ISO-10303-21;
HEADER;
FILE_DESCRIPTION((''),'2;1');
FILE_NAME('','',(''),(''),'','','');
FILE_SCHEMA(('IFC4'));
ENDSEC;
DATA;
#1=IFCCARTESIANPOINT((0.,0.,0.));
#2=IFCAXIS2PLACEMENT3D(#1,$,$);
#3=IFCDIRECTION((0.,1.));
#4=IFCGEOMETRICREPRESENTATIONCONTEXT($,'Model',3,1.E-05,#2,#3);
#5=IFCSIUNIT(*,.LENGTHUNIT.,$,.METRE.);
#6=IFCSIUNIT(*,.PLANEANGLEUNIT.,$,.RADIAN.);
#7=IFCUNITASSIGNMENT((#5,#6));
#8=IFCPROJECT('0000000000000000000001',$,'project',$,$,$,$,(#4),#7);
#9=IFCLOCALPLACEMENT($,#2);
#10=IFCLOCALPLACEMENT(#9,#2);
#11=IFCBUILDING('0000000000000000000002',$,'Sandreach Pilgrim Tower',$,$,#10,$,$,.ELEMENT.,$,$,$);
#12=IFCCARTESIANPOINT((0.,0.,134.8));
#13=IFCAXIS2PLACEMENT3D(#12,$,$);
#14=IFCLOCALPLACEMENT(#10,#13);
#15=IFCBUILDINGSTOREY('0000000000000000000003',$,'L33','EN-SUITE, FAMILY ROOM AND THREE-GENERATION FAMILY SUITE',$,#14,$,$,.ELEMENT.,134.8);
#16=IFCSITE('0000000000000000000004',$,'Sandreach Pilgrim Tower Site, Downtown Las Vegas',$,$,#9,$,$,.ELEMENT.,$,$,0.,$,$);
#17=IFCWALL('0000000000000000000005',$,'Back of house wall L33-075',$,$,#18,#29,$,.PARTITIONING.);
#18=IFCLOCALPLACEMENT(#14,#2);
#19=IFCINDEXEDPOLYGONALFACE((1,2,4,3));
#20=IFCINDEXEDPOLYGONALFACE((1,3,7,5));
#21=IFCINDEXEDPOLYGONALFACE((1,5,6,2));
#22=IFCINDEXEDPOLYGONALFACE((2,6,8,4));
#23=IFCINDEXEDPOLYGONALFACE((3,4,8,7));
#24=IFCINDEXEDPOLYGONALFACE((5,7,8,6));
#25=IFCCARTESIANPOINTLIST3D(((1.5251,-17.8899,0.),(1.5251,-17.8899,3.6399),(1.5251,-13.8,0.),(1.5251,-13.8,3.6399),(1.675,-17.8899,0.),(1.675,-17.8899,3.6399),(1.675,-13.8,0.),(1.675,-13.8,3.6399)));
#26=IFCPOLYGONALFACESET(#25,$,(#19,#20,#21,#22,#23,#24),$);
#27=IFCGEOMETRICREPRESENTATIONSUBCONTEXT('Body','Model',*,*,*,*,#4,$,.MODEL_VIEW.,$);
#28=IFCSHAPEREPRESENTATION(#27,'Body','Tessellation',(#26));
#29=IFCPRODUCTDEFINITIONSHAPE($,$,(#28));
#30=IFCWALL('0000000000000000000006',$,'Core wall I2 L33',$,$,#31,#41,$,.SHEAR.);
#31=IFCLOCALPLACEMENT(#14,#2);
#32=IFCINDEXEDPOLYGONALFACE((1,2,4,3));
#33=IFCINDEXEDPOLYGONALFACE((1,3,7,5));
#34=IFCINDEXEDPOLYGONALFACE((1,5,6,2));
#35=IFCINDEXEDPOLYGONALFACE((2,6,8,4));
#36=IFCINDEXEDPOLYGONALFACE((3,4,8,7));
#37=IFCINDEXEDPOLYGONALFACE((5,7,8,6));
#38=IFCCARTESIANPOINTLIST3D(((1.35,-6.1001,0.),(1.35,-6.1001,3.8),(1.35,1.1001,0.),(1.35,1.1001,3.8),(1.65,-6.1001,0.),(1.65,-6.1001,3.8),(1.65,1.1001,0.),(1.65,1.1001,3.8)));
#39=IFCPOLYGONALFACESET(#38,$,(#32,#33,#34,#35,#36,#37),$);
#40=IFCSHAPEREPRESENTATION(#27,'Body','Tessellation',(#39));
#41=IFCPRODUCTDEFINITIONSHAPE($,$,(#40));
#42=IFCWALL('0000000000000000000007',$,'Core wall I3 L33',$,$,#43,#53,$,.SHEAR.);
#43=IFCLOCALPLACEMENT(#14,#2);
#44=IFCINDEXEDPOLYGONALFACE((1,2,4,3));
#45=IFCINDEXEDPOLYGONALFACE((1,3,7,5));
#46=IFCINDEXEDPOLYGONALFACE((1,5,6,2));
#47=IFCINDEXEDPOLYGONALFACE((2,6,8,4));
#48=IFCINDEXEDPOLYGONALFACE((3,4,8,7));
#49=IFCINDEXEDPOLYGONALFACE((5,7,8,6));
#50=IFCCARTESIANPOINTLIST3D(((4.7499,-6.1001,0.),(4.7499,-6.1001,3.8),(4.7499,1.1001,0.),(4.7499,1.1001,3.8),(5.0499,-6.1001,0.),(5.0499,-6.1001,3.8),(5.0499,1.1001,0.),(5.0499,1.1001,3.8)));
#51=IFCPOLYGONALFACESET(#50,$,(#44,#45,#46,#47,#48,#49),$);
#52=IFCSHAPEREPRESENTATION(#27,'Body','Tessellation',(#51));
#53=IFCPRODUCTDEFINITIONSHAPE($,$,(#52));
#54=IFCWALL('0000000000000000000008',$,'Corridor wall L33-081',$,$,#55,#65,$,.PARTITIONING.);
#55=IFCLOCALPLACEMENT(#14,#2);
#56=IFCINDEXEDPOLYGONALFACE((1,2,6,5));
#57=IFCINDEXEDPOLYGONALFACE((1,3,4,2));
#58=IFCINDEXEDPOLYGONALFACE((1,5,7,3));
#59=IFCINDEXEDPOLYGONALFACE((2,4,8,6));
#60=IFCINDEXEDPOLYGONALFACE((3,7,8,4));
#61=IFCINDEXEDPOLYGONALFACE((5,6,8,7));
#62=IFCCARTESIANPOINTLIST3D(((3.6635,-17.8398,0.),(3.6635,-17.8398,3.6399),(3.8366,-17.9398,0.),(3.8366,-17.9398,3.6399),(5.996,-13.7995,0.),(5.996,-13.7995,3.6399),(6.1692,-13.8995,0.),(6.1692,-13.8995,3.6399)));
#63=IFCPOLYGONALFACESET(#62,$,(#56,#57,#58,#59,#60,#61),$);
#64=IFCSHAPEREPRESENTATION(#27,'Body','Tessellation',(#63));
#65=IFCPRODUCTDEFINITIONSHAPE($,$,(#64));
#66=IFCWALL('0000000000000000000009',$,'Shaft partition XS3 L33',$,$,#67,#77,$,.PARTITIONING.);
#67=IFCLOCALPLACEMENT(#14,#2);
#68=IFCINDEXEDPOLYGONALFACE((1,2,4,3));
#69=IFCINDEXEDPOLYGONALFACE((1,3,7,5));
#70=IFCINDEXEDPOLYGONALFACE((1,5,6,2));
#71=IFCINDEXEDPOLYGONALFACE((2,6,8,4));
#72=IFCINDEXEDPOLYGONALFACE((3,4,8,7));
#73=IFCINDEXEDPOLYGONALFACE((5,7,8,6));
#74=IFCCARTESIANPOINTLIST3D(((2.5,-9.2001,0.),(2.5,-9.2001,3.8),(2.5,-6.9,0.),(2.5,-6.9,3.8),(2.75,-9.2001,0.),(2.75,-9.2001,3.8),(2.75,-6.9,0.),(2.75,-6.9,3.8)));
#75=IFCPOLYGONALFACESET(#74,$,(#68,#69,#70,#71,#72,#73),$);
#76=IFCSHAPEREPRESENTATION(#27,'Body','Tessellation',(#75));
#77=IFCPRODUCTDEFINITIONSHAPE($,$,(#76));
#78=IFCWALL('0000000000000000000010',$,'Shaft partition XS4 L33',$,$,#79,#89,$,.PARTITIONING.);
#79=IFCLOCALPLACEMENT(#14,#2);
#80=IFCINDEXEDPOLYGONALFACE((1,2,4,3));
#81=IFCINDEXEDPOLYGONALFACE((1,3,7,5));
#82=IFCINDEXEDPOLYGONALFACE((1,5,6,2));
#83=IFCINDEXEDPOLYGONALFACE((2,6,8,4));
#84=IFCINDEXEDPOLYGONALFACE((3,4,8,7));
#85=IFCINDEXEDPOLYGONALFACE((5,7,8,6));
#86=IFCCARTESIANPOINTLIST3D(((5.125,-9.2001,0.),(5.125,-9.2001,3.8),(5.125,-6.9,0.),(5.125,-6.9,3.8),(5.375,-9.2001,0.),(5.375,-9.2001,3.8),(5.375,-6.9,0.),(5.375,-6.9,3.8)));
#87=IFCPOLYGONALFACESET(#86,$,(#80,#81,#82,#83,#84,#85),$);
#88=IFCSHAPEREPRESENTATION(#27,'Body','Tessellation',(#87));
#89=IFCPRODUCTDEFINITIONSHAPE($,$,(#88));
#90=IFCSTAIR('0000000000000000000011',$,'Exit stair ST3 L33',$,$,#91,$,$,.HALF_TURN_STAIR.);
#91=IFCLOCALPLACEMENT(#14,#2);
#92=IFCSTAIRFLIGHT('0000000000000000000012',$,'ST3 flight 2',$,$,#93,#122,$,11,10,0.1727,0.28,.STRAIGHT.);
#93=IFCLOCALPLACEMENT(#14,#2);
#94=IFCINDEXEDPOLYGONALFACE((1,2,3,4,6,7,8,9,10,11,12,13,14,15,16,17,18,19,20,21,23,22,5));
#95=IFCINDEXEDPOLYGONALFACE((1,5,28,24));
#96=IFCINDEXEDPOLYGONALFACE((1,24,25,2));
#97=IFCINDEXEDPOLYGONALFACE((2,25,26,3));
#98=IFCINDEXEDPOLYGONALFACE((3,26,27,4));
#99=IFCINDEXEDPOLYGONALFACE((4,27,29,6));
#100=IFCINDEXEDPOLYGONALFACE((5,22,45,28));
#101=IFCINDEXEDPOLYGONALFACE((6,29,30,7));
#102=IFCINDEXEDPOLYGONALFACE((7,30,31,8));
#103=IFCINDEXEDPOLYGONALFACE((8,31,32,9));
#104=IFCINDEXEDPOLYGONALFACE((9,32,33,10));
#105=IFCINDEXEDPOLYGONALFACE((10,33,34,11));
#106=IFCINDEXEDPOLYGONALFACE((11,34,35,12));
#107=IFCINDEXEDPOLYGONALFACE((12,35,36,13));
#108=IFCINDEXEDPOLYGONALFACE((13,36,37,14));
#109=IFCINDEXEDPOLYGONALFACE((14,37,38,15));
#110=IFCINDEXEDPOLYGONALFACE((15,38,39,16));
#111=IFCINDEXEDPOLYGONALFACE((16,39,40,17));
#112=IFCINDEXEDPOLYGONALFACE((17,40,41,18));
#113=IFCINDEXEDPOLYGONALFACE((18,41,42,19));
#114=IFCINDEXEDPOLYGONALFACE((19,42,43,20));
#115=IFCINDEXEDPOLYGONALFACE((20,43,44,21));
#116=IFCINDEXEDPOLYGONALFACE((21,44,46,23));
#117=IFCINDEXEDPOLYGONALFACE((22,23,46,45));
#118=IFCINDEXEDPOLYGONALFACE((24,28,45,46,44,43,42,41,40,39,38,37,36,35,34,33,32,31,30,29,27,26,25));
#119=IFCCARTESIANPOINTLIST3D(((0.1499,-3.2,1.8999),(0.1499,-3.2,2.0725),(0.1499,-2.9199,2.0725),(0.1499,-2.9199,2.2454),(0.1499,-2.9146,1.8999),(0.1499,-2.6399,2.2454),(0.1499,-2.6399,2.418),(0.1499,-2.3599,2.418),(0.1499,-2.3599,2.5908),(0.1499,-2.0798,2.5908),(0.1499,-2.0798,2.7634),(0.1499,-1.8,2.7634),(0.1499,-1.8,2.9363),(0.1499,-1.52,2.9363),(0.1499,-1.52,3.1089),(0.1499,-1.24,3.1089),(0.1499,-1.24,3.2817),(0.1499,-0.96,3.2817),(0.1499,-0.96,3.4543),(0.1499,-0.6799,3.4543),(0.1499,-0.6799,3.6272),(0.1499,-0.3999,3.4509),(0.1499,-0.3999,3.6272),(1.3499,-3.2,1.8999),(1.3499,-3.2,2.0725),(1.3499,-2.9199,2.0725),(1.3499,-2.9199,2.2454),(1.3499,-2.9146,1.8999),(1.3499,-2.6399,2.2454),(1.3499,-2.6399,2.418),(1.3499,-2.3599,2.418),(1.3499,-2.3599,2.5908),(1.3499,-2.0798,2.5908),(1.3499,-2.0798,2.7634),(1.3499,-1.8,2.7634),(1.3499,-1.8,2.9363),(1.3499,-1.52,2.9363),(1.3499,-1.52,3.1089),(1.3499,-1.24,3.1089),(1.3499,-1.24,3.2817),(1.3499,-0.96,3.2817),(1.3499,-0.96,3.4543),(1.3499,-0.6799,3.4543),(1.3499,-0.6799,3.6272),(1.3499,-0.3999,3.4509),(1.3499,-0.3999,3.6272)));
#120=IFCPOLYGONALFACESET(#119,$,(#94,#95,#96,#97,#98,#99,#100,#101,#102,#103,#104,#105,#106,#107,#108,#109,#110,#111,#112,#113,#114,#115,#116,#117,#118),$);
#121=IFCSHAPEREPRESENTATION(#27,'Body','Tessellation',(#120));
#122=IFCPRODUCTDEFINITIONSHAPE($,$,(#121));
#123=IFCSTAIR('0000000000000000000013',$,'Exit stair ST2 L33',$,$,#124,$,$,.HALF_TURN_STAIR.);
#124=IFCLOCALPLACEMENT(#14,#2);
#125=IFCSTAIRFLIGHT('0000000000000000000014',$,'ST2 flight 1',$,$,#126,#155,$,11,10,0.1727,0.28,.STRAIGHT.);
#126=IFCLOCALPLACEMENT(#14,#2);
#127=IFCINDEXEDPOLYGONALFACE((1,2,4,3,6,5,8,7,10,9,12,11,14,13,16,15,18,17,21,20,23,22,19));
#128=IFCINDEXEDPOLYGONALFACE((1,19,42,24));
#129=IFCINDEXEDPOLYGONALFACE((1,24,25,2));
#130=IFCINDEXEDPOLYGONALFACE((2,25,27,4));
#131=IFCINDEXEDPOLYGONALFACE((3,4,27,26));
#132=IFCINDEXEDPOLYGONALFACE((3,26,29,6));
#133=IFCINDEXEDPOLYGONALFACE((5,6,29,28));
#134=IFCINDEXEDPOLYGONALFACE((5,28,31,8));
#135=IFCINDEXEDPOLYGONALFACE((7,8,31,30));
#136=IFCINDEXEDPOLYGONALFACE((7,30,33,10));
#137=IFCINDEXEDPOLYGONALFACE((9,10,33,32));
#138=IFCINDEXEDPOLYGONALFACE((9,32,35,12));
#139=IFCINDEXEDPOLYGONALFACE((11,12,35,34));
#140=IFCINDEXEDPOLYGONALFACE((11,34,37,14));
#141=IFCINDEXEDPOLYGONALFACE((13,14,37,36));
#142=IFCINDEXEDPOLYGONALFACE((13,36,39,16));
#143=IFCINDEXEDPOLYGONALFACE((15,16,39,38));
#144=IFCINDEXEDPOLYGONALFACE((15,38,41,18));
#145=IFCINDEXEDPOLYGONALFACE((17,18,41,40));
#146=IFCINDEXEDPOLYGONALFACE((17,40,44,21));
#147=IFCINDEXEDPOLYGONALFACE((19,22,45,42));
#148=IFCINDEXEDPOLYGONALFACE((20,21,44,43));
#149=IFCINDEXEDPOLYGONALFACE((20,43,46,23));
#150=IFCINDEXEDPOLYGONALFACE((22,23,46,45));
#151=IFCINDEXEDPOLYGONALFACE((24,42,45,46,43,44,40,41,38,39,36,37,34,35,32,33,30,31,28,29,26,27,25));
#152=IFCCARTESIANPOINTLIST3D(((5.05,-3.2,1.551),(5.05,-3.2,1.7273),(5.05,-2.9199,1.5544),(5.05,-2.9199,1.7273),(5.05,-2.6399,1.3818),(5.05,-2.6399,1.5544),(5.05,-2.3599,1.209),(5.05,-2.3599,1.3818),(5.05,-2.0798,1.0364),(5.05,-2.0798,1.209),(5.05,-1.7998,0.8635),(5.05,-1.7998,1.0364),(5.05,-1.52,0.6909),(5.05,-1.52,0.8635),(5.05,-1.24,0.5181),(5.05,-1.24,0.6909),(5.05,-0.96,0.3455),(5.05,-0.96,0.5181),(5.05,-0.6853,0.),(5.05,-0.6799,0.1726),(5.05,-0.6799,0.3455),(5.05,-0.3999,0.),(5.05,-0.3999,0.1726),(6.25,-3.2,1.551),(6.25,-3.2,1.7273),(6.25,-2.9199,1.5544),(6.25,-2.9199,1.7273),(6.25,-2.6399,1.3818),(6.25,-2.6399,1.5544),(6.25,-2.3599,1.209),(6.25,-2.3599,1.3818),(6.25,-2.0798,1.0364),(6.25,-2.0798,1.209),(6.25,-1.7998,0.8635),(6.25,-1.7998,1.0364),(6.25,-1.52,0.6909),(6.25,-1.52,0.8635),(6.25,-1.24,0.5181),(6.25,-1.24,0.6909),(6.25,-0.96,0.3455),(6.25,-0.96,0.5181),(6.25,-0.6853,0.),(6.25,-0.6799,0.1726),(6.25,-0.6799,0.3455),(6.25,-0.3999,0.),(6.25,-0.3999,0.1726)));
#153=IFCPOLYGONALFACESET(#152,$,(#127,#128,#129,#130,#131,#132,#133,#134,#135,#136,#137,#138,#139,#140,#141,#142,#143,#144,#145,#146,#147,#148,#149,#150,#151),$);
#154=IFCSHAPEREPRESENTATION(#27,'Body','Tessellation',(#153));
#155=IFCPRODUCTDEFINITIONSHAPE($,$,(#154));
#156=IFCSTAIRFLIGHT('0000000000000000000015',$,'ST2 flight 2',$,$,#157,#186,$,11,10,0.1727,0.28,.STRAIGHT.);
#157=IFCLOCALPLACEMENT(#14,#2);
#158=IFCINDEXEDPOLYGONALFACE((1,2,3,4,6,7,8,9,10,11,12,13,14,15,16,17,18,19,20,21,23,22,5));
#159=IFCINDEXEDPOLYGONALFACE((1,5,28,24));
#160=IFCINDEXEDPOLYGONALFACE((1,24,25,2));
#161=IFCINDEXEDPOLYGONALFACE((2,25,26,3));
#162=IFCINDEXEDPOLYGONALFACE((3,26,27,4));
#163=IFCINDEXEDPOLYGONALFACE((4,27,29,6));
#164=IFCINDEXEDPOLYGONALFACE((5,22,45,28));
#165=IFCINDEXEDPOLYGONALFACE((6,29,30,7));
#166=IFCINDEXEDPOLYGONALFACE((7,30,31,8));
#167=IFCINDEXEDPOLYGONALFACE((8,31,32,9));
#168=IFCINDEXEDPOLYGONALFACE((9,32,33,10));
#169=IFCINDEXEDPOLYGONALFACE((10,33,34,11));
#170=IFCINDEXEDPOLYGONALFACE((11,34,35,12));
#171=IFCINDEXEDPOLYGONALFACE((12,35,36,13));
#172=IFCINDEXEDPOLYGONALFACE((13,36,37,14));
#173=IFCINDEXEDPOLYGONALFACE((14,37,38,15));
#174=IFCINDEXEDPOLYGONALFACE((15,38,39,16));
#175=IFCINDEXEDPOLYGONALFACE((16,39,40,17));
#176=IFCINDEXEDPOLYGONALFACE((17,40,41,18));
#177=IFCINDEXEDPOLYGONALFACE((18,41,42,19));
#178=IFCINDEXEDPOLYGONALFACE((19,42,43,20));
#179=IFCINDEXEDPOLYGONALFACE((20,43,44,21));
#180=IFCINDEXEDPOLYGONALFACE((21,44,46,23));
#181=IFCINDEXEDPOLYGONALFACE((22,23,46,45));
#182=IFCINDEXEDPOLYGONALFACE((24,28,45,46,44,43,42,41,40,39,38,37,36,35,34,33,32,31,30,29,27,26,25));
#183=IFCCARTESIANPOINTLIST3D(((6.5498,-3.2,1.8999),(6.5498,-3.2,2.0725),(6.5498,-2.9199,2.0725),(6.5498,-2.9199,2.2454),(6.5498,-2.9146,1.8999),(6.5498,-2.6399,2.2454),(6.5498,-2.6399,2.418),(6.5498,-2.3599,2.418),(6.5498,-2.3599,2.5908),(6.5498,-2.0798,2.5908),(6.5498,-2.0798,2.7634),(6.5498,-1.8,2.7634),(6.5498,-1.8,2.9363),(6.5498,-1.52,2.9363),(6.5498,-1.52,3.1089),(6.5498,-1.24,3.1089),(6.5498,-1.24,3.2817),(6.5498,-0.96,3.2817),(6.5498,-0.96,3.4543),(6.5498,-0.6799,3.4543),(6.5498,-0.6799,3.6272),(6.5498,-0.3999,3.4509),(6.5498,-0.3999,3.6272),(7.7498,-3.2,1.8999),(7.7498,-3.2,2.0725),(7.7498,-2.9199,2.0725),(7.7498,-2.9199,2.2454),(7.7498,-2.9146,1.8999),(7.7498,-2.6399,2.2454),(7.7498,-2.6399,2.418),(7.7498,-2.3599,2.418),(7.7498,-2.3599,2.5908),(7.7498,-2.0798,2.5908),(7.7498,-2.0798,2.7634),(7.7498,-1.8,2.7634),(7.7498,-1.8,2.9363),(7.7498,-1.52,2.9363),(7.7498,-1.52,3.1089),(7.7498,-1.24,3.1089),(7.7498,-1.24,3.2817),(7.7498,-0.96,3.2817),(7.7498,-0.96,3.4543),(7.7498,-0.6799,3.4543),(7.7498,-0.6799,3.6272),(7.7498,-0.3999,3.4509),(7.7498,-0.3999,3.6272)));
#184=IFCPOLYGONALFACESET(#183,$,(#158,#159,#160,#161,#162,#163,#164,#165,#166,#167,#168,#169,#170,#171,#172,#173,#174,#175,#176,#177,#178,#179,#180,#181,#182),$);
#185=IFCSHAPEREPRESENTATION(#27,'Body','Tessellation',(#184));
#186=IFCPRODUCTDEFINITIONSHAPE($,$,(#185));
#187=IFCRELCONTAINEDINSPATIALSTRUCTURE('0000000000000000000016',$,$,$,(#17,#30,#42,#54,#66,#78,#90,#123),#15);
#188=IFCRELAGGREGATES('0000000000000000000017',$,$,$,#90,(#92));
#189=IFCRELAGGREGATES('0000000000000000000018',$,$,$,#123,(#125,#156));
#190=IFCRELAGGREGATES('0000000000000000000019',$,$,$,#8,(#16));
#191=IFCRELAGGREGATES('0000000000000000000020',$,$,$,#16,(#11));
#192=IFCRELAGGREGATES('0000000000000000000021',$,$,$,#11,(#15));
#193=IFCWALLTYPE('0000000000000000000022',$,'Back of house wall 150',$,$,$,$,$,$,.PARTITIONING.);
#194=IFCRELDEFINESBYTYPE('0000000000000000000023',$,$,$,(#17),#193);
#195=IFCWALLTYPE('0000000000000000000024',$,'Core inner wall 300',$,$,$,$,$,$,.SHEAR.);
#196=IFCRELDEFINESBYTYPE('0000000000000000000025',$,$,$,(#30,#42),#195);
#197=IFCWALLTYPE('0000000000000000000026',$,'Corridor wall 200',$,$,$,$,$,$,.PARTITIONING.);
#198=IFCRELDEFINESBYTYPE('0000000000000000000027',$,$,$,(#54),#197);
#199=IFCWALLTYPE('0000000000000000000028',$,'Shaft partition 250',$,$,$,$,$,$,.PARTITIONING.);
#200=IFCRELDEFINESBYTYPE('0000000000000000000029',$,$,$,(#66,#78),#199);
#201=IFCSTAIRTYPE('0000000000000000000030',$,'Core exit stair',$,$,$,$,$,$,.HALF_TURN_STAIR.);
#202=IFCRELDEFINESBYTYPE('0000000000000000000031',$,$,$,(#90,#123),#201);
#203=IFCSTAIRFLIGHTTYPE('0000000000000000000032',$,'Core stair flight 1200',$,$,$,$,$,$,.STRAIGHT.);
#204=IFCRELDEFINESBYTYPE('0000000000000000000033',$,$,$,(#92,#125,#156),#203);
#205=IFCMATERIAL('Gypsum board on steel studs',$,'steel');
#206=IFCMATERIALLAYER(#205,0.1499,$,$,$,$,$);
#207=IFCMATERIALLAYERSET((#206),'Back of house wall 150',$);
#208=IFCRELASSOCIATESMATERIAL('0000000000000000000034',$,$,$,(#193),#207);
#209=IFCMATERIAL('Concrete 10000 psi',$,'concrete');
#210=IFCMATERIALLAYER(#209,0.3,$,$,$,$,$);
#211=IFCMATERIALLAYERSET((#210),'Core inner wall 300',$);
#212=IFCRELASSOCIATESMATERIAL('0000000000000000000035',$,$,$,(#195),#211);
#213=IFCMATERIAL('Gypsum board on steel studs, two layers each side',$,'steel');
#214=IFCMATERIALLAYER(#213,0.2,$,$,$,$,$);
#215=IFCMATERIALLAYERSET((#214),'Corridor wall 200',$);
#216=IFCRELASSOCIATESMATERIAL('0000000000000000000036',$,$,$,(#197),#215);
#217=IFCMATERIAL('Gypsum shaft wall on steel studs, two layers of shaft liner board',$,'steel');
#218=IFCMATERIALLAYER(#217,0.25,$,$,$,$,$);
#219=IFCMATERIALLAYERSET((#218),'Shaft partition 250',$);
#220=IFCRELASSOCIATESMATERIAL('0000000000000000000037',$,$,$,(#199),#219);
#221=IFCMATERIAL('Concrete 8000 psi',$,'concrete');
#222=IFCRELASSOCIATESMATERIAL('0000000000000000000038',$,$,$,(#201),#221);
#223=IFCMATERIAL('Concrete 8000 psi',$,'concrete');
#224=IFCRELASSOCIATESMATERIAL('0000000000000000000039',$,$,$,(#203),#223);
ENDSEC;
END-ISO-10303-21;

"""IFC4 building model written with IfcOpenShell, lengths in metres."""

from ifc_helpers import new_model, si_unit, direction, frame, frame_2d, origin, place, context, subcontext, project, spatial, polyline, rectangle, outline, extrude, material, layer, layer_set, type_object, element, aggregate, save


model = new_model("IFC4")

# Units and contexts
model_context = context("Model", 3, precision=1e-05, world=origin(), true_north=direction((0.0, 1.0)))
body_context = subcontext(model_context, "Body", "Model", "MODEL_VIEW")
ifc_project = project(units=[si_unit("LENGTHUNIT", "METRE"), si_unit("PLANEANGLEUNIT", "RADIAN")], contexts=[model_context])

# Site, building, storey
site_placement = place(None, origin())
site = spatial("IfcSite", under=ifc_project, at=site_placement, Name="Sandreach Pilgrim Tower Site, Downtown Las Vegas", CompositionType="ELEMENT", RefElevation=0.0)
building_placement = place(site_placement, origin())
building = spatial("IfcBuilding", under=site, at=building_placement, Name="Sandreach Pilgrim Tower", CompositionType="ELEMENT")
storey_placement = place(building_placement, frame((0.0, 0.0, 134.8)))
storey = spatial("IfcBuildingStorey", under=building, at=storey_placement, Name="L33", Description="EN-SUITE, FAMILY ROOM AND THREE-GENERATION FAMILY SUITE", CompositionType="ELEMENT", Elevation=134.8)

# Walls
ifc_material_1 = material(Name="Gypsum board on steel studs", Category="steel")
ifc_layer_1 = layer(ifc_material_1, 0.1499)
ifc_layer_set_1 = layer_set([ifc_layer_1], Name="Back of house wall 150")
wall_type_1 = type_object("IfcWallType", Name="Back of house wall 150", PredefinedType="PARTITIONING", material=ifc_layer_set_1)
wall_1_placement = place(storey_placement, frame((1.6001, -13.8, 0.0), z_axis=(0.0, 0.0, 1.0), x_axis=(0.0, -1.0, 0.0)))
element("IfcWall", 1, at=wall_1_placement, inside=storey, type_object=wall_type_1, Name="Back of house wall L33-075", PredefinedType="PARTITIONING", context=body_context, shape_type="SweptSolid", body=[
    extrude(rectangle(XDim=4.0898, YDim=0.1499, at=frame_2d((2.0449, 0.0))), origin(), (0.0, 0.0, 1.0), 3.6399),
])
ifc_material_2 = material(Name="Concrete 10000 psi", Category="concrete")
ifc_layer_2 = layer(ifc_material_2, 0.3)
ifc_layer_set_2 = layer_set([ifc_layer_2], Name="Core inner wall 300")
wall_type_2 = type_object("IfcWallType", Name="Core inner wall 300", PredefinedType="SHEAR", material=ifc_layer_set_2)
for number, where, z_axis, x_axis, name in (
    (2, (1.5, -6.1001, 0.0), (0.0, 0.0, 1.0), (0.0, 1.0, 0.0), "Core wall I2 L33"),
    (3, (4.8999, -6.1001, 0.0), (0.0, 0.0, 1.0), (0.0, 1.0, 0.0), "Core wall I3 L33"),
):
    element("IfcWall", number, at=place(storey_placement, frame(where, z_axis=z_axis, x_axis=x_axis)), inside=storey, type_object=wall_type_2, Name=name, PredefinedType="SHEAR", context=body_context, shape_type="SweptSolid", body=[
        extrude(rectangle(XDim=7.2002, YDim=0.3, at=frame_2d((3.6001, 0.0))), origin(), (0.0, 0.0, 1.0), 3.8),
    ])

# Walls
ifc_material_3 = material(Name="Gypsum board on steel studs, two layers each side", Category="steel")
ifc_layer_3 = layer(ifc_material_3, 0.2)
ifc_layer_set_3 = layer_set([ifc_layer_3], Name="Corridor wall 200")
wall_type_3 = type_object("IfcWallType", Name="Corridor wall 200", PredefinedType="PARTITIONING", material=ifc_layer_set_3)
wall_2_placement = place(storey_placement, frame((6.0825, -13.8496, 0.0), z_axis=(0.0, 0.0, 1.0), x_axis=(-0.499978, -0.866038, 0.0)))
element("IfcWall", 4, at=wall_2_placement, inside=storey, type_object=wall_type_3, Name="Corridor wall L33-081", PredefinedType="PARTITIONING", context=body_context, shape_type="SweptSolid", body=[
    extrude(rectangle(XDim=4.6653, YDim=0.2, at=frame_2d((2.3325, 0.0))), origin(), (0.0, 0.0, 1.0), 3.6399),
])
ifc_material_4 = material(Name="Gypsum shaft wall on steel studs, two layers of shaft liner board", Category="steel")
ifc_layer_4 = layer(ifc_material_4, 0.25)
ifc_layer_set_4 = layer_set([ifc_layer_4], Name="Shaft partition 250")
wall_type_4 = type_object("IfcWallType", Name="Shaft partition 250", PredefinedType="PARTITIONING", material=ifc_layer_set_4)
for number, where, z_axis, x_axis, name in (
    (5, (2.625, -9.2, 0.0), (0.0, 0.0, 1.0), (0.0, 1.0, 0.0), "Shaft partition XS3 L33"),
    (6, (5.25, -9.2, 0.0), (0.0, 0.0, 1.0), (0.0, 1.0, 0.0), "Shaft partition XS4 L33"),
):
    element("IfcWall", number, at=place(storey_placement, frame(where, z_axis=z_axis, x_axis=x_axis)), inside=storey, type_object=wall_type_4, Name=name, PredefinedType="PARTITIONING", context=body_context, shape_type="SweptSolid", body=[
        extrude(rectangle(XDim=2.3, YDim=0.25, at=frame_2d((1.1499, 0.0))), origin(), (0.0, 0.0, 1.0), 3.8),
    ])

# Stair, stair flight
ifc_material_5 = material(Name="Concrete 8000 psi", Category="concrete")
stair_type = type_object("IfcStairType", Name="Core exit stair", PredefinedType="HALF_TURN_STAIR", material=ifc_material_5)
stair_1_placement = place(storey_placement, origin())
stair_1 = element("IfcStair", 7, at=stair_1_placement, inside=storey, type_object=stair_type, Name="Exit stair ST3 L33", PredefinedType="HALF_TURN_STAIR")
ifc_material_6 = material(Name="Concrete 8000 psi", Category="concrete")
stair_flight_type = type_object("IfcStairFlightType", Name="Core stair flight 1200", PredefinedType="STRAIGHT", material=ifc_material_6)
stair_flight_1_placement = place(storey_placement, frame((0.75, -3.2, 1.8999), z_axis=(0.0, 0.0, 1.0), x_axis=(0.0, 1.0, 0.0)))
stair_flight_1 = element("IfcStairFlight", 8, at=stair_flight_1_placement, type_object=stair_flight_type, Name="ST3 flight 2", NumberOfRisers=11, NumberOfTreads=10, PredefinedType="STRAIGHT", RiserHeight=0.1727, TreadLength=0.28, context=body_context, shape_type="SweptSolid", body=[
    extrude(outline(polyline([(0.0, 0.0), (0.0, 0.1726), (0.28, 0.1726), (0.28, 0.3455), (0.5601, 0.3455), (0.5601, 0.5181), (0.8401, 0.5181), (0.8401, 0.6909), (1.1201, 0.6909), (1.1201, 0.8635), (1.3999, 0.8635), (1.3999, 1.0364), (1.6799, 1.0364), (1.6799, 1.209), (1.96, 1.209), (1.96, 1.3818), (2.24, 1.3818), (2.24, 1.5544), (2.52, 1.5544), (2.52, 1.7273), (2.8, 1.7273), (2.8, 1.8999), (2.8, 1.551), (0.2854, 0.0), (0.0, 0.0)])), frame((0.0, 0.6001, 0.0), z_axis=(0.0, -1.0, 0.0), x_axis=(1.0, 0.0, 0.0)), (0.0, 0.0, 1.0), 1.2),
])
aggregate(stair_1, [stair_flight_1])

# Stair, stair flights
stair_2_placement = place(storey_placement, origin())
stair_2 = element("IfcStair", 9, at=stair_2_placement, inside=storey, type_object=stair_type, Name="Exit stair ST2 L33", PredefinedType="HALF_TURN_STAIR")
stair_flight_2_placement = place(storey_placement, frame((5.6499, -0.3999, 0.0), z_axis=(0.0, 0.0, 1.0), x_axis=(0.0, -1.0, 0.0)))
stair_flight_2 = element("IfcStairFlight", 10, at=stair_flight_2_placement, type_object=stair_flight_type, Name="ST2 flight 1", NumberOfRisers=11, NumberOfTreads=10, PredefinedType="STRAIGHT", RiserHeight=0.1727, TreadLength=0.28, context=body_context, shape_type="SweptSolid", body=[
    extrude(outline(polyline([(0.0, 0.0), (0.0, 0.1726), (0.28, 0.1726), (0.28, 0.3455), (0.5601, 0.3455), (0.5601, 0.5181), (0.8401, 0.5181), (0.8401, 0.6909), (1.1201, 0.6909), (1.1201, 0.8635), (1.3999, 0.8635), (1.3999, 1.0364), (1.6799, 1.0364), (1.6799, 1.209), (1.96, 1.209), (1.96, 1.3818), (2.24, 1.3818), (2.24, 1.5544), (2.52, 1.5544), (2.52, 1.7273), (2.8, 1.7273), (2.8, 1.8999), (2.8, 1.551), (0.2854, 0.0), (0.0, 0.0)])), frame((0.0, 0.6001, 0.0), z_axis=(0.0, -1.0, 0.0), x_axis=(1.0, 0.0, 0.0)), (0.0, 0.0, 1.0), 1.2),
])
stair_flight_3_placement = place(storey_placement, frame((7.1499, -3.2, 1.8999), z_axis=(0.0, 0.0, 1.0), x_axis=(0.0, 1.0, 0.0)))
stair_flight_3 = element("IfcStairFlight", 11, at=stair_flight_3_placement, type_object=stair_flight_type, Name="ST2 flight 2", NumberOfRisers=11, NumberOfTreads=10, PredefinedType="STRAIGHT", RiserHeight=0.1727, TreadLength=0.28, context=body_context, shape_type="SweptSolid", body=[
    extrude(outline(polyline([(0.0, 0.0), (0.0, 0.1726), (0.28, 0.1726), (0.28, 0.3455), (0.5601, 0.3455), (0.5601, 0.5181), (0.8401, 0.5181), (0.8401, 0.6909), (1.1201, 0.6909), (1.1201, 0.8635), (1.3999, 0.8635), (1.3999, 1.0364), (1.6799, 1.0364), (1.6799, 1.209), (1.96, 1.209), (1.96, 1.3818), (2.24, 1.3818), (2.24, 1.5544), (2.52, 1.5544), (2.52, 1.7273), (2.8, 1.7273), (2.8, 1.8999), (2.8, 1.551), (0.2854, 0.0), (0.0, 0.0)])), frame((0.0, 0.6001, 0.0), z_axis=(0.0, -1.0, 0.0), x_axis=(1.0, 0.0, 0.0)), (0.0, 0.0, 1.0), 1.2),
])
aggregate(stair_2, [stair_flight_2, stair_flight_3])

save(model, "model.ifc")
